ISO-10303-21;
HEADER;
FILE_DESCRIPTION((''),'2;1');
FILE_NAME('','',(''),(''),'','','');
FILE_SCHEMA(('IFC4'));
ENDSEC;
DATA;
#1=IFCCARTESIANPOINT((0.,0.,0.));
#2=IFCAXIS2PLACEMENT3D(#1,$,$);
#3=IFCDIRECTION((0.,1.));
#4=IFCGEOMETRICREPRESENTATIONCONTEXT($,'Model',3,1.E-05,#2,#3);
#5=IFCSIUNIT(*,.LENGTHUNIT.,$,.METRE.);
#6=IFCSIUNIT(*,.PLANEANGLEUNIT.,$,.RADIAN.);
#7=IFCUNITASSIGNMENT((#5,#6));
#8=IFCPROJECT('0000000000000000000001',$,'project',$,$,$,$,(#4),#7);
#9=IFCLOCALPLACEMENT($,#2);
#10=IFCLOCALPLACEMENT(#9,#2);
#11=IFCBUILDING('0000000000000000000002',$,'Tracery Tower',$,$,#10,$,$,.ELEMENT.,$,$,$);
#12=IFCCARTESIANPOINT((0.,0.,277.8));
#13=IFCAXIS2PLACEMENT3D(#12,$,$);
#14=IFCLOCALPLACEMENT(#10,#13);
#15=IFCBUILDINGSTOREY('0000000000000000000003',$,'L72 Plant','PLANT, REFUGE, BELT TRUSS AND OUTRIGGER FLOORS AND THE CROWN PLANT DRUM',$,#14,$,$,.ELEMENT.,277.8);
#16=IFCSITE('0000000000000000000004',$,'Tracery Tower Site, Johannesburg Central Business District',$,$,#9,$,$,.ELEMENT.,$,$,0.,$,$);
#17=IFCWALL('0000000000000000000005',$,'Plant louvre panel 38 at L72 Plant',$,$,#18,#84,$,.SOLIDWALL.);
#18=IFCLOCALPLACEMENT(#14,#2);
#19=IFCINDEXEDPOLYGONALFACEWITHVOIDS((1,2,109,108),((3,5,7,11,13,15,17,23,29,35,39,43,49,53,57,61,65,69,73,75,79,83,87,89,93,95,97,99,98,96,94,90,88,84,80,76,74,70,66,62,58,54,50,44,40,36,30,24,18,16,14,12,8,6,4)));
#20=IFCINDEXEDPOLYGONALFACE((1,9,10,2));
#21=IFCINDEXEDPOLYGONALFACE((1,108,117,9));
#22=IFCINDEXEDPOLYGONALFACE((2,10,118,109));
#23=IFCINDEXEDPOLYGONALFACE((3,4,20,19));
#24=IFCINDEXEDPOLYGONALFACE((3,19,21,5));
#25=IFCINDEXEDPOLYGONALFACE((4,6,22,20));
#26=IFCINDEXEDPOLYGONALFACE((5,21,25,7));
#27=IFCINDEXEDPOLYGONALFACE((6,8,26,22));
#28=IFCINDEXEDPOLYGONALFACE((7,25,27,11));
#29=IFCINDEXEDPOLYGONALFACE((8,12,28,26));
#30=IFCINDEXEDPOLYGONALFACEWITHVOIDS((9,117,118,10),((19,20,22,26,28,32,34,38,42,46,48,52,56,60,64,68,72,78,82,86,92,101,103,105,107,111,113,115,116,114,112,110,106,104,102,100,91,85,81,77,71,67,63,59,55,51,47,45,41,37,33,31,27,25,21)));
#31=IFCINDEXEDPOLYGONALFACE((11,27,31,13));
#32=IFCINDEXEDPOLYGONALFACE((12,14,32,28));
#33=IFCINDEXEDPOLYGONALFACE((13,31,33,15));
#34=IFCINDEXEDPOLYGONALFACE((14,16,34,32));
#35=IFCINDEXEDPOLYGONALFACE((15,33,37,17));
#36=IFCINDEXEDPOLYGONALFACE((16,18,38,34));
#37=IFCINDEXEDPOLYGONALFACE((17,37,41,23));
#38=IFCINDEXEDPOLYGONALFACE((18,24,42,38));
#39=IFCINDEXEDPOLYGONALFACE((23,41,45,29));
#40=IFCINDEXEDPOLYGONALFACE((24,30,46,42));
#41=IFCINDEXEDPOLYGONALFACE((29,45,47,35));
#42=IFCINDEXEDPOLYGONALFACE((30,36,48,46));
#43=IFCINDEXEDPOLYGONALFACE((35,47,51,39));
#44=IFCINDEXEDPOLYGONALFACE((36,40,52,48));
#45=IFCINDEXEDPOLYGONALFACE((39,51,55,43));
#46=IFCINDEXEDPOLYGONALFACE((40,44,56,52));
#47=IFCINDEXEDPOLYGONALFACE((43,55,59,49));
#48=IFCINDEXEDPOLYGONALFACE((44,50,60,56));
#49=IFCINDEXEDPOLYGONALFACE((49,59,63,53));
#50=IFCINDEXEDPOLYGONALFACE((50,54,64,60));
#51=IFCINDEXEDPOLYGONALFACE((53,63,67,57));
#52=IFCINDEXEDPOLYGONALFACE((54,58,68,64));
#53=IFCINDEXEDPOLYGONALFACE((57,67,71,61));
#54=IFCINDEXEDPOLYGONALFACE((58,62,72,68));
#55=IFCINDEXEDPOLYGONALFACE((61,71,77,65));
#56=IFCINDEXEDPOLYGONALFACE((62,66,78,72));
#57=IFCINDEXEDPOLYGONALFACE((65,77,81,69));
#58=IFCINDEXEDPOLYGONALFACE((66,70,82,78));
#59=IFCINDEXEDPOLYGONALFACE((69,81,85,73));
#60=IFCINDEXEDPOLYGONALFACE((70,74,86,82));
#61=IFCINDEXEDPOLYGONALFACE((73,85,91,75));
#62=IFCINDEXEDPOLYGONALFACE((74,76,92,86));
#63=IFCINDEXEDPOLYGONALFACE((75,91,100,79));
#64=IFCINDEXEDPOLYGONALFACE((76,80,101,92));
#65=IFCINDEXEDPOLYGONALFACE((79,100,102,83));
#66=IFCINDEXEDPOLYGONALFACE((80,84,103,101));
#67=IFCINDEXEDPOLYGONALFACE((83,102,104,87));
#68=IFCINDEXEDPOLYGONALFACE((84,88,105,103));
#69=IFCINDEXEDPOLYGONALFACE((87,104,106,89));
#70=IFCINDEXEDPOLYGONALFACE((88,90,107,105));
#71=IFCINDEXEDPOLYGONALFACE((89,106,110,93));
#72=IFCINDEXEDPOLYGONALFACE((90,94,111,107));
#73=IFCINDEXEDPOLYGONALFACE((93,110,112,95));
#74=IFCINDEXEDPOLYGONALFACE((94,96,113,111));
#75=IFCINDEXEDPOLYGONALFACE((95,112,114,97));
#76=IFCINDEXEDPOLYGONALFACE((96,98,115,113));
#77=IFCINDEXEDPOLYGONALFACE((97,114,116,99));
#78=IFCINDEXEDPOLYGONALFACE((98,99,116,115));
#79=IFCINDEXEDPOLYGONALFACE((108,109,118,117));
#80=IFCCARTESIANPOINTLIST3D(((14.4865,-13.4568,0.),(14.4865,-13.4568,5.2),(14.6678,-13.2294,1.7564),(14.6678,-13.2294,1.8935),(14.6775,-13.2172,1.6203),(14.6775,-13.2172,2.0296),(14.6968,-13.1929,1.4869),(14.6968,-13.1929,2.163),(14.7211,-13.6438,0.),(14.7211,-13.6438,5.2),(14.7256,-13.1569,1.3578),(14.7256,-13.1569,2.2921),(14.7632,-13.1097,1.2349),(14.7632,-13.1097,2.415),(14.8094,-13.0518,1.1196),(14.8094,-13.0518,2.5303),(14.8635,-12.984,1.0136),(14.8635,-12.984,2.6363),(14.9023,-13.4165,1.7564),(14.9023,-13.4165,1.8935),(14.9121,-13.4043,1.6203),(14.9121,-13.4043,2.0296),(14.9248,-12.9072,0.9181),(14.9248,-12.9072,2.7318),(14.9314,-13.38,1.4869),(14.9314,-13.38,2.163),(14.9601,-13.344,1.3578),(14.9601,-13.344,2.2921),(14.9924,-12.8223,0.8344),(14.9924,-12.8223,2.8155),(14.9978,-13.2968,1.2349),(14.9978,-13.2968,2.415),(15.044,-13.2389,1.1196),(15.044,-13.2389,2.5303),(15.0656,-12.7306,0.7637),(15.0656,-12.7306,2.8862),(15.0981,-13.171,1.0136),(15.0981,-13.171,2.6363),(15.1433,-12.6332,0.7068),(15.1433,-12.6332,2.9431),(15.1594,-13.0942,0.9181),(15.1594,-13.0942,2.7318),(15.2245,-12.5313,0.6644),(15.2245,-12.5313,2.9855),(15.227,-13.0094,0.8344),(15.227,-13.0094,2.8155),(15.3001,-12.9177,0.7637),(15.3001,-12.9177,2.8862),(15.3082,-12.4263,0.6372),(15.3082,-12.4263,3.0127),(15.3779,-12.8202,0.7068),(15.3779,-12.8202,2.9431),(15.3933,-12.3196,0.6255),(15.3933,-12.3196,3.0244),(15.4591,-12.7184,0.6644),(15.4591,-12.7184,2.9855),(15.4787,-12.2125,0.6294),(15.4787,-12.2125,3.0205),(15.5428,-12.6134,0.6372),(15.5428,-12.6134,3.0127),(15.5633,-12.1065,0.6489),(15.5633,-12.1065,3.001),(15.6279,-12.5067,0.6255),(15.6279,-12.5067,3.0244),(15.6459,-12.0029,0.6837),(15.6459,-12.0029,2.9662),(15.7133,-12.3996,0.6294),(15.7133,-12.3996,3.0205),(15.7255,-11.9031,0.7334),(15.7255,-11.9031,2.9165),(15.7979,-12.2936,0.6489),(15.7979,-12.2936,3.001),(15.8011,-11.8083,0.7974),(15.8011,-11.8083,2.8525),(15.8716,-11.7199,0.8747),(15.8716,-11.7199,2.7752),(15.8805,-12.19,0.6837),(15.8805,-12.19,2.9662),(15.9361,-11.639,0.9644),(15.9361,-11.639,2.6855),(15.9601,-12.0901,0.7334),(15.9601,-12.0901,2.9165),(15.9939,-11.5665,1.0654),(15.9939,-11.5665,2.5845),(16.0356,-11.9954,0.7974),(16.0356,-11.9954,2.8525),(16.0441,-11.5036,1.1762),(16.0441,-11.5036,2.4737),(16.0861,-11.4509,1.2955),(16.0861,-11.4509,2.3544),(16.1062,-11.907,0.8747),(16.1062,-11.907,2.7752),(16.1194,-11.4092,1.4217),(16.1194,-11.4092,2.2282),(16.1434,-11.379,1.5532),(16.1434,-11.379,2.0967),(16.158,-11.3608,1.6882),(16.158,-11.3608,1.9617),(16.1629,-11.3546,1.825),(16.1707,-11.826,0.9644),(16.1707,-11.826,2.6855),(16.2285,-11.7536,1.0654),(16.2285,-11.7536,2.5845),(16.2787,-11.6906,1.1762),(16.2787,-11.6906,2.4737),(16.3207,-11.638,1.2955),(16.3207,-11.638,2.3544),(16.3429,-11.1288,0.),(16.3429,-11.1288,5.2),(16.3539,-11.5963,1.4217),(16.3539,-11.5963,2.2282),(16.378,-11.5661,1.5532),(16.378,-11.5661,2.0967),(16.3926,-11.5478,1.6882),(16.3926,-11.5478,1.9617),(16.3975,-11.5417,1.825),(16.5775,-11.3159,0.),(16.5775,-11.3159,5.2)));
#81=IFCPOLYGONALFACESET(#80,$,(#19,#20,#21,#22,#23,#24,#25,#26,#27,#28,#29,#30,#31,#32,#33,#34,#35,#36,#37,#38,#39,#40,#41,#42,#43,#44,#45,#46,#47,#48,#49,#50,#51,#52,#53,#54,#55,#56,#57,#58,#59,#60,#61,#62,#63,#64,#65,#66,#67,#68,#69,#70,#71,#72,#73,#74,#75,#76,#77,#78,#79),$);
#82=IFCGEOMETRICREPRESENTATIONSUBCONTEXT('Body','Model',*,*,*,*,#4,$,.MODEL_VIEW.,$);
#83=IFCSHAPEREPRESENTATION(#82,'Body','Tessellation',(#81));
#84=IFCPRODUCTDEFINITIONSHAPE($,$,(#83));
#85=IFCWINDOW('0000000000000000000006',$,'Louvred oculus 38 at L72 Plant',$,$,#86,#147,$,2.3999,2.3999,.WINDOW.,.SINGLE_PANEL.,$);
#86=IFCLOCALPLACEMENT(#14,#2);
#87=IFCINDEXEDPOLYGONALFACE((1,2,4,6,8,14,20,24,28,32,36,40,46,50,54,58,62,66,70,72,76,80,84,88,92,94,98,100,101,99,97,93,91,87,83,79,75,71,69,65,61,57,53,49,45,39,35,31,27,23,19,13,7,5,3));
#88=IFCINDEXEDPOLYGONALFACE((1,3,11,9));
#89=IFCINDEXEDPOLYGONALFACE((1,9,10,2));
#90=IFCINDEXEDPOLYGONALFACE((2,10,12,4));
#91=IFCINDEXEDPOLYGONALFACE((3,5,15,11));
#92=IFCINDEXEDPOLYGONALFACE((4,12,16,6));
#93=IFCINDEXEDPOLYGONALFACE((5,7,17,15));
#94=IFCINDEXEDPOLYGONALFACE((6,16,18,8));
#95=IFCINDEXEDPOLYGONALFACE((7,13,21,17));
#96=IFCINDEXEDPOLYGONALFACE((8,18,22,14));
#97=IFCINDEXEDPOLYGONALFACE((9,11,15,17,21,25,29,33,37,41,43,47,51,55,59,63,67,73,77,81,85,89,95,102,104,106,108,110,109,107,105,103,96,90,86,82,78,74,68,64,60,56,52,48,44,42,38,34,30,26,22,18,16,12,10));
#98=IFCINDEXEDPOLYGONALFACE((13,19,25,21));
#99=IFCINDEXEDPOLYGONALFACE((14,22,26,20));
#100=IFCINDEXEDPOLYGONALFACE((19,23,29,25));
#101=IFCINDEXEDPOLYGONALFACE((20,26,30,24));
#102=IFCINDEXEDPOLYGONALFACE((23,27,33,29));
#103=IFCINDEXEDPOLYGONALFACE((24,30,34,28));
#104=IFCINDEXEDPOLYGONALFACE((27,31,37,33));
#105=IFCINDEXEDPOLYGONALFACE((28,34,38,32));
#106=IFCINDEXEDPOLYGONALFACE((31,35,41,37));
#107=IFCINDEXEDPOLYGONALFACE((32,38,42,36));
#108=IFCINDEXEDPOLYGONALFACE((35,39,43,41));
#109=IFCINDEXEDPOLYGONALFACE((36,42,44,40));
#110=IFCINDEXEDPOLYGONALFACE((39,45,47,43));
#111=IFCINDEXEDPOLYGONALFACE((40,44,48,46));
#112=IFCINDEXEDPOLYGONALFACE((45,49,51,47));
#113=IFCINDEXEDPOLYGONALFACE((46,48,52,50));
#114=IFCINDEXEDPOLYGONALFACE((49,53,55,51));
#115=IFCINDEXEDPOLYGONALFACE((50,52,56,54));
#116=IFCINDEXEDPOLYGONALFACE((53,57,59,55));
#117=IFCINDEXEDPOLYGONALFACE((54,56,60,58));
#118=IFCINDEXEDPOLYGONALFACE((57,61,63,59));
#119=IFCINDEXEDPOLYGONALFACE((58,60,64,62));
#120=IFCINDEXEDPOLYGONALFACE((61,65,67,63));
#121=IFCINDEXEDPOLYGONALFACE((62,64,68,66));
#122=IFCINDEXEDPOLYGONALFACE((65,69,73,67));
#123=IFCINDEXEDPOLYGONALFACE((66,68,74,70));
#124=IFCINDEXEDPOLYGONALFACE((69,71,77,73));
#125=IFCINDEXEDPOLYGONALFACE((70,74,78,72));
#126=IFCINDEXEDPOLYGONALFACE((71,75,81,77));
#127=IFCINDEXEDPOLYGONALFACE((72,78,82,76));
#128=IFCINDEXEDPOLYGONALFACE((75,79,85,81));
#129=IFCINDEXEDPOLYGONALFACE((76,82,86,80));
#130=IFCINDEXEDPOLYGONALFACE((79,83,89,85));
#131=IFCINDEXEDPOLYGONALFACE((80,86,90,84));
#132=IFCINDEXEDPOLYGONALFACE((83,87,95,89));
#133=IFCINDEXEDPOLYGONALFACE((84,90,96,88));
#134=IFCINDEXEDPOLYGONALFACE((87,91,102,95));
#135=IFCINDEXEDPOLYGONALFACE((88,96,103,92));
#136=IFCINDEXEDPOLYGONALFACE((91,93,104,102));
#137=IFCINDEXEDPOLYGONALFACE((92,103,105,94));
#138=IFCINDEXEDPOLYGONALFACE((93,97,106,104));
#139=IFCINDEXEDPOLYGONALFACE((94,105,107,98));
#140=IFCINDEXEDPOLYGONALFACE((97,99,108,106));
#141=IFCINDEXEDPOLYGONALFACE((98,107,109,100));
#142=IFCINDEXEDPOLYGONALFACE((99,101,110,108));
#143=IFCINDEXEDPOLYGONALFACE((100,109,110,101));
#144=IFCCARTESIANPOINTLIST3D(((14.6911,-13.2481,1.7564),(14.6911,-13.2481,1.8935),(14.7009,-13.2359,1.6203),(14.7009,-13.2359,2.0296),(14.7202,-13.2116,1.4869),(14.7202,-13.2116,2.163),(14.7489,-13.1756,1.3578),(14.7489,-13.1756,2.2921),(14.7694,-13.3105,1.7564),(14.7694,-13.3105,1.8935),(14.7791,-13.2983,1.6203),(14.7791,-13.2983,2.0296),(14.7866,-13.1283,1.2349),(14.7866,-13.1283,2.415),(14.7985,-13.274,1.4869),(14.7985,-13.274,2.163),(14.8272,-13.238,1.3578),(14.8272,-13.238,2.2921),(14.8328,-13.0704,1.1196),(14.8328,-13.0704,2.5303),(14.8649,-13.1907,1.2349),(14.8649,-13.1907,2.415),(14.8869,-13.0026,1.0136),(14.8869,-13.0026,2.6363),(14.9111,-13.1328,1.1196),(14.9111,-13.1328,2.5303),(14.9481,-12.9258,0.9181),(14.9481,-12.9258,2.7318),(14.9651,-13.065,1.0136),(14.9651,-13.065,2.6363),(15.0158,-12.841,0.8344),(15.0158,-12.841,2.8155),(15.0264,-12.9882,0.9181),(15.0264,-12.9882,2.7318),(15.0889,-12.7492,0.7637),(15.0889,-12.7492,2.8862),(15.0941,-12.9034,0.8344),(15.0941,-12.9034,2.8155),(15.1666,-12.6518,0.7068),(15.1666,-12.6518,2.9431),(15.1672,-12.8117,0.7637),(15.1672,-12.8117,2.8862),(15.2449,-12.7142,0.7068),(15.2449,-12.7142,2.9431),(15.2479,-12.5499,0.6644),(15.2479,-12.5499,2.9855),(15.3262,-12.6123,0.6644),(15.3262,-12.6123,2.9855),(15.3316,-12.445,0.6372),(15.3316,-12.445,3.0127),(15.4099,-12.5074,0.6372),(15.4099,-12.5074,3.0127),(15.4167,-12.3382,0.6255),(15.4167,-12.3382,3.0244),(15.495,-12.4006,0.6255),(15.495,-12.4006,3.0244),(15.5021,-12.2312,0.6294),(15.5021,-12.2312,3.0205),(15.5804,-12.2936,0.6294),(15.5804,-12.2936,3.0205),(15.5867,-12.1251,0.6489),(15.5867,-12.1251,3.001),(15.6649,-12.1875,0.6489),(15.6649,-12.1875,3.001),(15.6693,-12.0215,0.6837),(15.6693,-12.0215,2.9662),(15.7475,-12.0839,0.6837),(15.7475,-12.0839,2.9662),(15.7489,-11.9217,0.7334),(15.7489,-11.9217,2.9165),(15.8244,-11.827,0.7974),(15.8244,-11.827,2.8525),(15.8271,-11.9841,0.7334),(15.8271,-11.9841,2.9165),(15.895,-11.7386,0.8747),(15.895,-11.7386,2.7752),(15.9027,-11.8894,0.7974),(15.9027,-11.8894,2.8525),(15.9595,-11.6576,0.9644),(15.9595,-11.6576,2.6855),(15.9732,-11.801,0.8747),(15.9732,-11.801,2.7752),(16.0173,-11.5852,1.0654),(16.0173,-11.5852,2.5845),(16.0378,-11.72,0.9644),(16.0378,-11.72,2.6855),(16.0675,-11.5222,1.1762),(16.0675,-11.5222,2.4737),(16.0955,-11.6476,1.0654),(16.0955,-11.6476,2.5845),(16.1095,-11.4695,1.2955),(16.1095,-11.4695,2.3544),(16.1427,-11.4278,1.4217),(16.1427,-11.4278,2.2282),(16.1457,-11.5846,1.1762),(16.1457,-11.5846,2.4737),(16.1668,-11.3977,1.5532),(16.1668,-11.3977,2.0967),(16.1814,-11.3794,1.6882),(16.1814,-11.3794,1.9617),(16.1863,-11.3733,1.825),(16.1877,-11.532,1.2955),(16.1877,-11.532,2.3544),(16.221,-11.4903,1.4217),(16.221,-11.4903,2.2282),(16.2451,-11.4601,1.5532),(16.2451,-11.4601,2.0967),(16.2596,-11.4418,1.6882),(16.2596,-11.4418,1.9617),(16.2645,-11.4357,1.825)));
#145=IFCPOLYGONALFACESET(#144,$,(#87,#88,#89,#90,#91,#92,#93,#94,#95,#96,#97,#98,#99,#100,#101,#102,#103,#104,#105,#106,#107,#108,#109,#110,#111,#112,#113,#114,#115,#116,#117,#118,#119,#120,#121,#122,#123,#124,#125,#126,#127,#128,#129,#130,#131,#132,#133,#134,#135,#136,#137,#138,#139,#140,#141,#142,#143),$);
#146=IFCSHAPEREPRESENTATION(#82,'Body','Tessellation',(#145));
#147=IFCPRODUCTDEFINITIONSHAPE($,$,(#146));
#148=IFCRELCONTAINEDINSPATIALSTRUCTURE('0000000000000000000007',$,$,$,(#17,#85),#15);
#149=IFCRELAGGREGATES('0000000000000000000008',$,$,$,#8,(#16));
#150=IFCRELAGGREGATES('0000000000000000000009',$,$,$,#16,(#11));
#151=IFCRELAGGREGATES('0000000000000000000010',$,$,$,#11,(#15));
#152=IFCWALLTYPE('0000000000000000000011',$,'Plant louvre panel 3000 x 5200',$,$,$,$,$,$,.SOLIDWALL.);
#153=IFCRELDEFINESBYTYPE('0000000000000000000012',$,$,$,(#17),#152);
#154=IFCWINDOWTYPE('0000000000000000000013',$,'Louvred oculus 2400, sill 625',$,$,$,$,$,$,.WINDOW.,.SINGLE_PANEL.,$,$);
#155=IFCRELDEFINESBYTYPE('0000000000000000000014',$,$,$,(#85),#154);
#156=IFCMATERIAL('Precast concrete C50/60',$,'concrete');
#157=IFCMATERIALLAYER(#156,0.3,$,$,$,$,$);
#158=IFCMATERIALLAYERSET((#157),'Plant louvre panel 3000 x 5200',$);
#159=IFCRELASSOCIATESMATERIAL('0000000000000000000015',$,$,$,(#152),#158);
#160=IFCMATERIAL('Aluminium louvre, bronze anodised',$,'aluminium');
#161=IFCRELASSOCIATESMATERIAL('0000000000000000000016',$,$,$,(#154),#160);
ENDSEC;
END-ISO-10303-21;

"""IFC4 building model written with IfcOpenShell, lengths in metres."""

from ifc_helpers import new_model, si_unit, direction, frame, frame_2d, origin, origin_2d, place, context, subcontext, project, spatial, rectangle, circle, extrude, material, layer, layer_set, type_object, element, fill, save


model = new_model("IFC4")

# Units and contexts
model_context = context("Model", 3, precision=1e-05, world=origin(), true_north=direction((0.0, 1.0)))
body_context = subcontext(model_context, "Body", "Model", "MODEL_VIEW")
ifc_project = project(units=[si_unit("LENGTHUNIT", "METRE"), si_unit("PLANEANGLEUNIT", "RADIAN")], contexts=[model_context])

# Site, building, storey
site_placement = place(None, origin())
site = spatial("IfcSite", under=ifc_project, at=site_placement, Name="Tracery Tower Site, Johannesburg Central Business District", CompositionType="ELEMENT", RefElevation=0.0)
building_placement = place(site_placement, origin())
building = spatial("IfcBuilding", under=site, at=building_placement, Name="Tracery Tower", CompositionType="ELEMENT")
storey_placement = place(building_placement, frame((0.0, 0.0, 277.8)))
storey = spatial("IfcBuildingStorey", under=building, at=storey_placement, Name="L72 Plant", Description="PLANT, REFUGE, BELT TRUSS AND OUTRIGGER FLOORS AND THE CROWN PLANT DRUM", CompositionType="ELEMENT", Elevation=277.8)

# Wall, opening, window
ifc_material_1 = material(Name="Precast concrete C50/60", Category="concrete")
ifc_layer_1 = layer(ifc_material_1, 0.3)
ifc_layer_set_1 = layer_set([ifc_layer_1], Name="Plant louvre panel 3000 x 5200")
wall_type_1 = type_object("IfcWallType", Name="Plant louvre panel 3000 x 5200", PredefinedType="SOLIDWALL", material=ifc_layer_set_1)
ifc_material_2 = material(Name="Aluminium louvre, bronze anodised", Category="aluminium")
window_type = type_object("IfcWindowType", Name="Louvred oculus 2400, sill 625", PartitioningType="SINGLE_PANEL", PredefinedType="WINDOW", material=ifc_material_2)
wall_1_placement = place(storey_placement, frame((14.6038, -13.5503, 0.0), z_axis=(0.0, 0.0, 1.0), x_axis=(0.623494, 0.781828, 0.0)))
wall_1 = element("IfcWall", 1, at=wall_1_placement, inside=storey, type_object=wall_type_1, Name="Plant louvre panel 38 at L72 Plant", PredefinedType="SOLIDWALL", context=body_context, shape_type="SweptSolid", body=[
    extrude(rectangle(XDim=2.9775, YDim=0.3, at=frame_2d((1.4888, 0.0))), origin(), (0.0, 0.0, 1.0), 5.2),
])
opening_1_placement = place(wall_1_placement, frame((1.4888, 0.0, 1.825)))
opening_1 = element("IfcOpeningElement", 2, at=opening_1_placement, cuts=wall_1, PredefinedType="OPENING", context=body_context, shape_type="SweptSolid", body=[
    extrude(circle(Radius=1.2, at=origin_2d()), frame((0.0, 0.1599, 0.0), z_axis=(0.0, -1.0, 0.0), x_axis=(1.0, 0.0, 0.0)), (0.0, 0.0, 1.0), 0.3201),
])
window_1_placement = place(opening_1_placement, origin())
window_1 = element("IfcWindow", 3, at=window_1_placement, inside=storey, type_object=window_type, Name="Louvred oculus 38 at L72 Plant", OverallHeight=2.3999, OverallWidth=2.3999, PartitioningType="SINGLE_PANEL", PredefinedType="WINDOW", context=body_context, shape_type="SweptSolid", body=[
    extrude(circle(Radius=1.2, at=origin_2d()), frame((0.0, 0.1201, 0.0), z_axis=(0.0, -1.0, 0.0), x_axis=(1.0, 0.0, 0.0)), (0.0, 0.0, 1.0), 0.1001),
])
fill(opening_1, window_1)

save(model, "model.ifc")
